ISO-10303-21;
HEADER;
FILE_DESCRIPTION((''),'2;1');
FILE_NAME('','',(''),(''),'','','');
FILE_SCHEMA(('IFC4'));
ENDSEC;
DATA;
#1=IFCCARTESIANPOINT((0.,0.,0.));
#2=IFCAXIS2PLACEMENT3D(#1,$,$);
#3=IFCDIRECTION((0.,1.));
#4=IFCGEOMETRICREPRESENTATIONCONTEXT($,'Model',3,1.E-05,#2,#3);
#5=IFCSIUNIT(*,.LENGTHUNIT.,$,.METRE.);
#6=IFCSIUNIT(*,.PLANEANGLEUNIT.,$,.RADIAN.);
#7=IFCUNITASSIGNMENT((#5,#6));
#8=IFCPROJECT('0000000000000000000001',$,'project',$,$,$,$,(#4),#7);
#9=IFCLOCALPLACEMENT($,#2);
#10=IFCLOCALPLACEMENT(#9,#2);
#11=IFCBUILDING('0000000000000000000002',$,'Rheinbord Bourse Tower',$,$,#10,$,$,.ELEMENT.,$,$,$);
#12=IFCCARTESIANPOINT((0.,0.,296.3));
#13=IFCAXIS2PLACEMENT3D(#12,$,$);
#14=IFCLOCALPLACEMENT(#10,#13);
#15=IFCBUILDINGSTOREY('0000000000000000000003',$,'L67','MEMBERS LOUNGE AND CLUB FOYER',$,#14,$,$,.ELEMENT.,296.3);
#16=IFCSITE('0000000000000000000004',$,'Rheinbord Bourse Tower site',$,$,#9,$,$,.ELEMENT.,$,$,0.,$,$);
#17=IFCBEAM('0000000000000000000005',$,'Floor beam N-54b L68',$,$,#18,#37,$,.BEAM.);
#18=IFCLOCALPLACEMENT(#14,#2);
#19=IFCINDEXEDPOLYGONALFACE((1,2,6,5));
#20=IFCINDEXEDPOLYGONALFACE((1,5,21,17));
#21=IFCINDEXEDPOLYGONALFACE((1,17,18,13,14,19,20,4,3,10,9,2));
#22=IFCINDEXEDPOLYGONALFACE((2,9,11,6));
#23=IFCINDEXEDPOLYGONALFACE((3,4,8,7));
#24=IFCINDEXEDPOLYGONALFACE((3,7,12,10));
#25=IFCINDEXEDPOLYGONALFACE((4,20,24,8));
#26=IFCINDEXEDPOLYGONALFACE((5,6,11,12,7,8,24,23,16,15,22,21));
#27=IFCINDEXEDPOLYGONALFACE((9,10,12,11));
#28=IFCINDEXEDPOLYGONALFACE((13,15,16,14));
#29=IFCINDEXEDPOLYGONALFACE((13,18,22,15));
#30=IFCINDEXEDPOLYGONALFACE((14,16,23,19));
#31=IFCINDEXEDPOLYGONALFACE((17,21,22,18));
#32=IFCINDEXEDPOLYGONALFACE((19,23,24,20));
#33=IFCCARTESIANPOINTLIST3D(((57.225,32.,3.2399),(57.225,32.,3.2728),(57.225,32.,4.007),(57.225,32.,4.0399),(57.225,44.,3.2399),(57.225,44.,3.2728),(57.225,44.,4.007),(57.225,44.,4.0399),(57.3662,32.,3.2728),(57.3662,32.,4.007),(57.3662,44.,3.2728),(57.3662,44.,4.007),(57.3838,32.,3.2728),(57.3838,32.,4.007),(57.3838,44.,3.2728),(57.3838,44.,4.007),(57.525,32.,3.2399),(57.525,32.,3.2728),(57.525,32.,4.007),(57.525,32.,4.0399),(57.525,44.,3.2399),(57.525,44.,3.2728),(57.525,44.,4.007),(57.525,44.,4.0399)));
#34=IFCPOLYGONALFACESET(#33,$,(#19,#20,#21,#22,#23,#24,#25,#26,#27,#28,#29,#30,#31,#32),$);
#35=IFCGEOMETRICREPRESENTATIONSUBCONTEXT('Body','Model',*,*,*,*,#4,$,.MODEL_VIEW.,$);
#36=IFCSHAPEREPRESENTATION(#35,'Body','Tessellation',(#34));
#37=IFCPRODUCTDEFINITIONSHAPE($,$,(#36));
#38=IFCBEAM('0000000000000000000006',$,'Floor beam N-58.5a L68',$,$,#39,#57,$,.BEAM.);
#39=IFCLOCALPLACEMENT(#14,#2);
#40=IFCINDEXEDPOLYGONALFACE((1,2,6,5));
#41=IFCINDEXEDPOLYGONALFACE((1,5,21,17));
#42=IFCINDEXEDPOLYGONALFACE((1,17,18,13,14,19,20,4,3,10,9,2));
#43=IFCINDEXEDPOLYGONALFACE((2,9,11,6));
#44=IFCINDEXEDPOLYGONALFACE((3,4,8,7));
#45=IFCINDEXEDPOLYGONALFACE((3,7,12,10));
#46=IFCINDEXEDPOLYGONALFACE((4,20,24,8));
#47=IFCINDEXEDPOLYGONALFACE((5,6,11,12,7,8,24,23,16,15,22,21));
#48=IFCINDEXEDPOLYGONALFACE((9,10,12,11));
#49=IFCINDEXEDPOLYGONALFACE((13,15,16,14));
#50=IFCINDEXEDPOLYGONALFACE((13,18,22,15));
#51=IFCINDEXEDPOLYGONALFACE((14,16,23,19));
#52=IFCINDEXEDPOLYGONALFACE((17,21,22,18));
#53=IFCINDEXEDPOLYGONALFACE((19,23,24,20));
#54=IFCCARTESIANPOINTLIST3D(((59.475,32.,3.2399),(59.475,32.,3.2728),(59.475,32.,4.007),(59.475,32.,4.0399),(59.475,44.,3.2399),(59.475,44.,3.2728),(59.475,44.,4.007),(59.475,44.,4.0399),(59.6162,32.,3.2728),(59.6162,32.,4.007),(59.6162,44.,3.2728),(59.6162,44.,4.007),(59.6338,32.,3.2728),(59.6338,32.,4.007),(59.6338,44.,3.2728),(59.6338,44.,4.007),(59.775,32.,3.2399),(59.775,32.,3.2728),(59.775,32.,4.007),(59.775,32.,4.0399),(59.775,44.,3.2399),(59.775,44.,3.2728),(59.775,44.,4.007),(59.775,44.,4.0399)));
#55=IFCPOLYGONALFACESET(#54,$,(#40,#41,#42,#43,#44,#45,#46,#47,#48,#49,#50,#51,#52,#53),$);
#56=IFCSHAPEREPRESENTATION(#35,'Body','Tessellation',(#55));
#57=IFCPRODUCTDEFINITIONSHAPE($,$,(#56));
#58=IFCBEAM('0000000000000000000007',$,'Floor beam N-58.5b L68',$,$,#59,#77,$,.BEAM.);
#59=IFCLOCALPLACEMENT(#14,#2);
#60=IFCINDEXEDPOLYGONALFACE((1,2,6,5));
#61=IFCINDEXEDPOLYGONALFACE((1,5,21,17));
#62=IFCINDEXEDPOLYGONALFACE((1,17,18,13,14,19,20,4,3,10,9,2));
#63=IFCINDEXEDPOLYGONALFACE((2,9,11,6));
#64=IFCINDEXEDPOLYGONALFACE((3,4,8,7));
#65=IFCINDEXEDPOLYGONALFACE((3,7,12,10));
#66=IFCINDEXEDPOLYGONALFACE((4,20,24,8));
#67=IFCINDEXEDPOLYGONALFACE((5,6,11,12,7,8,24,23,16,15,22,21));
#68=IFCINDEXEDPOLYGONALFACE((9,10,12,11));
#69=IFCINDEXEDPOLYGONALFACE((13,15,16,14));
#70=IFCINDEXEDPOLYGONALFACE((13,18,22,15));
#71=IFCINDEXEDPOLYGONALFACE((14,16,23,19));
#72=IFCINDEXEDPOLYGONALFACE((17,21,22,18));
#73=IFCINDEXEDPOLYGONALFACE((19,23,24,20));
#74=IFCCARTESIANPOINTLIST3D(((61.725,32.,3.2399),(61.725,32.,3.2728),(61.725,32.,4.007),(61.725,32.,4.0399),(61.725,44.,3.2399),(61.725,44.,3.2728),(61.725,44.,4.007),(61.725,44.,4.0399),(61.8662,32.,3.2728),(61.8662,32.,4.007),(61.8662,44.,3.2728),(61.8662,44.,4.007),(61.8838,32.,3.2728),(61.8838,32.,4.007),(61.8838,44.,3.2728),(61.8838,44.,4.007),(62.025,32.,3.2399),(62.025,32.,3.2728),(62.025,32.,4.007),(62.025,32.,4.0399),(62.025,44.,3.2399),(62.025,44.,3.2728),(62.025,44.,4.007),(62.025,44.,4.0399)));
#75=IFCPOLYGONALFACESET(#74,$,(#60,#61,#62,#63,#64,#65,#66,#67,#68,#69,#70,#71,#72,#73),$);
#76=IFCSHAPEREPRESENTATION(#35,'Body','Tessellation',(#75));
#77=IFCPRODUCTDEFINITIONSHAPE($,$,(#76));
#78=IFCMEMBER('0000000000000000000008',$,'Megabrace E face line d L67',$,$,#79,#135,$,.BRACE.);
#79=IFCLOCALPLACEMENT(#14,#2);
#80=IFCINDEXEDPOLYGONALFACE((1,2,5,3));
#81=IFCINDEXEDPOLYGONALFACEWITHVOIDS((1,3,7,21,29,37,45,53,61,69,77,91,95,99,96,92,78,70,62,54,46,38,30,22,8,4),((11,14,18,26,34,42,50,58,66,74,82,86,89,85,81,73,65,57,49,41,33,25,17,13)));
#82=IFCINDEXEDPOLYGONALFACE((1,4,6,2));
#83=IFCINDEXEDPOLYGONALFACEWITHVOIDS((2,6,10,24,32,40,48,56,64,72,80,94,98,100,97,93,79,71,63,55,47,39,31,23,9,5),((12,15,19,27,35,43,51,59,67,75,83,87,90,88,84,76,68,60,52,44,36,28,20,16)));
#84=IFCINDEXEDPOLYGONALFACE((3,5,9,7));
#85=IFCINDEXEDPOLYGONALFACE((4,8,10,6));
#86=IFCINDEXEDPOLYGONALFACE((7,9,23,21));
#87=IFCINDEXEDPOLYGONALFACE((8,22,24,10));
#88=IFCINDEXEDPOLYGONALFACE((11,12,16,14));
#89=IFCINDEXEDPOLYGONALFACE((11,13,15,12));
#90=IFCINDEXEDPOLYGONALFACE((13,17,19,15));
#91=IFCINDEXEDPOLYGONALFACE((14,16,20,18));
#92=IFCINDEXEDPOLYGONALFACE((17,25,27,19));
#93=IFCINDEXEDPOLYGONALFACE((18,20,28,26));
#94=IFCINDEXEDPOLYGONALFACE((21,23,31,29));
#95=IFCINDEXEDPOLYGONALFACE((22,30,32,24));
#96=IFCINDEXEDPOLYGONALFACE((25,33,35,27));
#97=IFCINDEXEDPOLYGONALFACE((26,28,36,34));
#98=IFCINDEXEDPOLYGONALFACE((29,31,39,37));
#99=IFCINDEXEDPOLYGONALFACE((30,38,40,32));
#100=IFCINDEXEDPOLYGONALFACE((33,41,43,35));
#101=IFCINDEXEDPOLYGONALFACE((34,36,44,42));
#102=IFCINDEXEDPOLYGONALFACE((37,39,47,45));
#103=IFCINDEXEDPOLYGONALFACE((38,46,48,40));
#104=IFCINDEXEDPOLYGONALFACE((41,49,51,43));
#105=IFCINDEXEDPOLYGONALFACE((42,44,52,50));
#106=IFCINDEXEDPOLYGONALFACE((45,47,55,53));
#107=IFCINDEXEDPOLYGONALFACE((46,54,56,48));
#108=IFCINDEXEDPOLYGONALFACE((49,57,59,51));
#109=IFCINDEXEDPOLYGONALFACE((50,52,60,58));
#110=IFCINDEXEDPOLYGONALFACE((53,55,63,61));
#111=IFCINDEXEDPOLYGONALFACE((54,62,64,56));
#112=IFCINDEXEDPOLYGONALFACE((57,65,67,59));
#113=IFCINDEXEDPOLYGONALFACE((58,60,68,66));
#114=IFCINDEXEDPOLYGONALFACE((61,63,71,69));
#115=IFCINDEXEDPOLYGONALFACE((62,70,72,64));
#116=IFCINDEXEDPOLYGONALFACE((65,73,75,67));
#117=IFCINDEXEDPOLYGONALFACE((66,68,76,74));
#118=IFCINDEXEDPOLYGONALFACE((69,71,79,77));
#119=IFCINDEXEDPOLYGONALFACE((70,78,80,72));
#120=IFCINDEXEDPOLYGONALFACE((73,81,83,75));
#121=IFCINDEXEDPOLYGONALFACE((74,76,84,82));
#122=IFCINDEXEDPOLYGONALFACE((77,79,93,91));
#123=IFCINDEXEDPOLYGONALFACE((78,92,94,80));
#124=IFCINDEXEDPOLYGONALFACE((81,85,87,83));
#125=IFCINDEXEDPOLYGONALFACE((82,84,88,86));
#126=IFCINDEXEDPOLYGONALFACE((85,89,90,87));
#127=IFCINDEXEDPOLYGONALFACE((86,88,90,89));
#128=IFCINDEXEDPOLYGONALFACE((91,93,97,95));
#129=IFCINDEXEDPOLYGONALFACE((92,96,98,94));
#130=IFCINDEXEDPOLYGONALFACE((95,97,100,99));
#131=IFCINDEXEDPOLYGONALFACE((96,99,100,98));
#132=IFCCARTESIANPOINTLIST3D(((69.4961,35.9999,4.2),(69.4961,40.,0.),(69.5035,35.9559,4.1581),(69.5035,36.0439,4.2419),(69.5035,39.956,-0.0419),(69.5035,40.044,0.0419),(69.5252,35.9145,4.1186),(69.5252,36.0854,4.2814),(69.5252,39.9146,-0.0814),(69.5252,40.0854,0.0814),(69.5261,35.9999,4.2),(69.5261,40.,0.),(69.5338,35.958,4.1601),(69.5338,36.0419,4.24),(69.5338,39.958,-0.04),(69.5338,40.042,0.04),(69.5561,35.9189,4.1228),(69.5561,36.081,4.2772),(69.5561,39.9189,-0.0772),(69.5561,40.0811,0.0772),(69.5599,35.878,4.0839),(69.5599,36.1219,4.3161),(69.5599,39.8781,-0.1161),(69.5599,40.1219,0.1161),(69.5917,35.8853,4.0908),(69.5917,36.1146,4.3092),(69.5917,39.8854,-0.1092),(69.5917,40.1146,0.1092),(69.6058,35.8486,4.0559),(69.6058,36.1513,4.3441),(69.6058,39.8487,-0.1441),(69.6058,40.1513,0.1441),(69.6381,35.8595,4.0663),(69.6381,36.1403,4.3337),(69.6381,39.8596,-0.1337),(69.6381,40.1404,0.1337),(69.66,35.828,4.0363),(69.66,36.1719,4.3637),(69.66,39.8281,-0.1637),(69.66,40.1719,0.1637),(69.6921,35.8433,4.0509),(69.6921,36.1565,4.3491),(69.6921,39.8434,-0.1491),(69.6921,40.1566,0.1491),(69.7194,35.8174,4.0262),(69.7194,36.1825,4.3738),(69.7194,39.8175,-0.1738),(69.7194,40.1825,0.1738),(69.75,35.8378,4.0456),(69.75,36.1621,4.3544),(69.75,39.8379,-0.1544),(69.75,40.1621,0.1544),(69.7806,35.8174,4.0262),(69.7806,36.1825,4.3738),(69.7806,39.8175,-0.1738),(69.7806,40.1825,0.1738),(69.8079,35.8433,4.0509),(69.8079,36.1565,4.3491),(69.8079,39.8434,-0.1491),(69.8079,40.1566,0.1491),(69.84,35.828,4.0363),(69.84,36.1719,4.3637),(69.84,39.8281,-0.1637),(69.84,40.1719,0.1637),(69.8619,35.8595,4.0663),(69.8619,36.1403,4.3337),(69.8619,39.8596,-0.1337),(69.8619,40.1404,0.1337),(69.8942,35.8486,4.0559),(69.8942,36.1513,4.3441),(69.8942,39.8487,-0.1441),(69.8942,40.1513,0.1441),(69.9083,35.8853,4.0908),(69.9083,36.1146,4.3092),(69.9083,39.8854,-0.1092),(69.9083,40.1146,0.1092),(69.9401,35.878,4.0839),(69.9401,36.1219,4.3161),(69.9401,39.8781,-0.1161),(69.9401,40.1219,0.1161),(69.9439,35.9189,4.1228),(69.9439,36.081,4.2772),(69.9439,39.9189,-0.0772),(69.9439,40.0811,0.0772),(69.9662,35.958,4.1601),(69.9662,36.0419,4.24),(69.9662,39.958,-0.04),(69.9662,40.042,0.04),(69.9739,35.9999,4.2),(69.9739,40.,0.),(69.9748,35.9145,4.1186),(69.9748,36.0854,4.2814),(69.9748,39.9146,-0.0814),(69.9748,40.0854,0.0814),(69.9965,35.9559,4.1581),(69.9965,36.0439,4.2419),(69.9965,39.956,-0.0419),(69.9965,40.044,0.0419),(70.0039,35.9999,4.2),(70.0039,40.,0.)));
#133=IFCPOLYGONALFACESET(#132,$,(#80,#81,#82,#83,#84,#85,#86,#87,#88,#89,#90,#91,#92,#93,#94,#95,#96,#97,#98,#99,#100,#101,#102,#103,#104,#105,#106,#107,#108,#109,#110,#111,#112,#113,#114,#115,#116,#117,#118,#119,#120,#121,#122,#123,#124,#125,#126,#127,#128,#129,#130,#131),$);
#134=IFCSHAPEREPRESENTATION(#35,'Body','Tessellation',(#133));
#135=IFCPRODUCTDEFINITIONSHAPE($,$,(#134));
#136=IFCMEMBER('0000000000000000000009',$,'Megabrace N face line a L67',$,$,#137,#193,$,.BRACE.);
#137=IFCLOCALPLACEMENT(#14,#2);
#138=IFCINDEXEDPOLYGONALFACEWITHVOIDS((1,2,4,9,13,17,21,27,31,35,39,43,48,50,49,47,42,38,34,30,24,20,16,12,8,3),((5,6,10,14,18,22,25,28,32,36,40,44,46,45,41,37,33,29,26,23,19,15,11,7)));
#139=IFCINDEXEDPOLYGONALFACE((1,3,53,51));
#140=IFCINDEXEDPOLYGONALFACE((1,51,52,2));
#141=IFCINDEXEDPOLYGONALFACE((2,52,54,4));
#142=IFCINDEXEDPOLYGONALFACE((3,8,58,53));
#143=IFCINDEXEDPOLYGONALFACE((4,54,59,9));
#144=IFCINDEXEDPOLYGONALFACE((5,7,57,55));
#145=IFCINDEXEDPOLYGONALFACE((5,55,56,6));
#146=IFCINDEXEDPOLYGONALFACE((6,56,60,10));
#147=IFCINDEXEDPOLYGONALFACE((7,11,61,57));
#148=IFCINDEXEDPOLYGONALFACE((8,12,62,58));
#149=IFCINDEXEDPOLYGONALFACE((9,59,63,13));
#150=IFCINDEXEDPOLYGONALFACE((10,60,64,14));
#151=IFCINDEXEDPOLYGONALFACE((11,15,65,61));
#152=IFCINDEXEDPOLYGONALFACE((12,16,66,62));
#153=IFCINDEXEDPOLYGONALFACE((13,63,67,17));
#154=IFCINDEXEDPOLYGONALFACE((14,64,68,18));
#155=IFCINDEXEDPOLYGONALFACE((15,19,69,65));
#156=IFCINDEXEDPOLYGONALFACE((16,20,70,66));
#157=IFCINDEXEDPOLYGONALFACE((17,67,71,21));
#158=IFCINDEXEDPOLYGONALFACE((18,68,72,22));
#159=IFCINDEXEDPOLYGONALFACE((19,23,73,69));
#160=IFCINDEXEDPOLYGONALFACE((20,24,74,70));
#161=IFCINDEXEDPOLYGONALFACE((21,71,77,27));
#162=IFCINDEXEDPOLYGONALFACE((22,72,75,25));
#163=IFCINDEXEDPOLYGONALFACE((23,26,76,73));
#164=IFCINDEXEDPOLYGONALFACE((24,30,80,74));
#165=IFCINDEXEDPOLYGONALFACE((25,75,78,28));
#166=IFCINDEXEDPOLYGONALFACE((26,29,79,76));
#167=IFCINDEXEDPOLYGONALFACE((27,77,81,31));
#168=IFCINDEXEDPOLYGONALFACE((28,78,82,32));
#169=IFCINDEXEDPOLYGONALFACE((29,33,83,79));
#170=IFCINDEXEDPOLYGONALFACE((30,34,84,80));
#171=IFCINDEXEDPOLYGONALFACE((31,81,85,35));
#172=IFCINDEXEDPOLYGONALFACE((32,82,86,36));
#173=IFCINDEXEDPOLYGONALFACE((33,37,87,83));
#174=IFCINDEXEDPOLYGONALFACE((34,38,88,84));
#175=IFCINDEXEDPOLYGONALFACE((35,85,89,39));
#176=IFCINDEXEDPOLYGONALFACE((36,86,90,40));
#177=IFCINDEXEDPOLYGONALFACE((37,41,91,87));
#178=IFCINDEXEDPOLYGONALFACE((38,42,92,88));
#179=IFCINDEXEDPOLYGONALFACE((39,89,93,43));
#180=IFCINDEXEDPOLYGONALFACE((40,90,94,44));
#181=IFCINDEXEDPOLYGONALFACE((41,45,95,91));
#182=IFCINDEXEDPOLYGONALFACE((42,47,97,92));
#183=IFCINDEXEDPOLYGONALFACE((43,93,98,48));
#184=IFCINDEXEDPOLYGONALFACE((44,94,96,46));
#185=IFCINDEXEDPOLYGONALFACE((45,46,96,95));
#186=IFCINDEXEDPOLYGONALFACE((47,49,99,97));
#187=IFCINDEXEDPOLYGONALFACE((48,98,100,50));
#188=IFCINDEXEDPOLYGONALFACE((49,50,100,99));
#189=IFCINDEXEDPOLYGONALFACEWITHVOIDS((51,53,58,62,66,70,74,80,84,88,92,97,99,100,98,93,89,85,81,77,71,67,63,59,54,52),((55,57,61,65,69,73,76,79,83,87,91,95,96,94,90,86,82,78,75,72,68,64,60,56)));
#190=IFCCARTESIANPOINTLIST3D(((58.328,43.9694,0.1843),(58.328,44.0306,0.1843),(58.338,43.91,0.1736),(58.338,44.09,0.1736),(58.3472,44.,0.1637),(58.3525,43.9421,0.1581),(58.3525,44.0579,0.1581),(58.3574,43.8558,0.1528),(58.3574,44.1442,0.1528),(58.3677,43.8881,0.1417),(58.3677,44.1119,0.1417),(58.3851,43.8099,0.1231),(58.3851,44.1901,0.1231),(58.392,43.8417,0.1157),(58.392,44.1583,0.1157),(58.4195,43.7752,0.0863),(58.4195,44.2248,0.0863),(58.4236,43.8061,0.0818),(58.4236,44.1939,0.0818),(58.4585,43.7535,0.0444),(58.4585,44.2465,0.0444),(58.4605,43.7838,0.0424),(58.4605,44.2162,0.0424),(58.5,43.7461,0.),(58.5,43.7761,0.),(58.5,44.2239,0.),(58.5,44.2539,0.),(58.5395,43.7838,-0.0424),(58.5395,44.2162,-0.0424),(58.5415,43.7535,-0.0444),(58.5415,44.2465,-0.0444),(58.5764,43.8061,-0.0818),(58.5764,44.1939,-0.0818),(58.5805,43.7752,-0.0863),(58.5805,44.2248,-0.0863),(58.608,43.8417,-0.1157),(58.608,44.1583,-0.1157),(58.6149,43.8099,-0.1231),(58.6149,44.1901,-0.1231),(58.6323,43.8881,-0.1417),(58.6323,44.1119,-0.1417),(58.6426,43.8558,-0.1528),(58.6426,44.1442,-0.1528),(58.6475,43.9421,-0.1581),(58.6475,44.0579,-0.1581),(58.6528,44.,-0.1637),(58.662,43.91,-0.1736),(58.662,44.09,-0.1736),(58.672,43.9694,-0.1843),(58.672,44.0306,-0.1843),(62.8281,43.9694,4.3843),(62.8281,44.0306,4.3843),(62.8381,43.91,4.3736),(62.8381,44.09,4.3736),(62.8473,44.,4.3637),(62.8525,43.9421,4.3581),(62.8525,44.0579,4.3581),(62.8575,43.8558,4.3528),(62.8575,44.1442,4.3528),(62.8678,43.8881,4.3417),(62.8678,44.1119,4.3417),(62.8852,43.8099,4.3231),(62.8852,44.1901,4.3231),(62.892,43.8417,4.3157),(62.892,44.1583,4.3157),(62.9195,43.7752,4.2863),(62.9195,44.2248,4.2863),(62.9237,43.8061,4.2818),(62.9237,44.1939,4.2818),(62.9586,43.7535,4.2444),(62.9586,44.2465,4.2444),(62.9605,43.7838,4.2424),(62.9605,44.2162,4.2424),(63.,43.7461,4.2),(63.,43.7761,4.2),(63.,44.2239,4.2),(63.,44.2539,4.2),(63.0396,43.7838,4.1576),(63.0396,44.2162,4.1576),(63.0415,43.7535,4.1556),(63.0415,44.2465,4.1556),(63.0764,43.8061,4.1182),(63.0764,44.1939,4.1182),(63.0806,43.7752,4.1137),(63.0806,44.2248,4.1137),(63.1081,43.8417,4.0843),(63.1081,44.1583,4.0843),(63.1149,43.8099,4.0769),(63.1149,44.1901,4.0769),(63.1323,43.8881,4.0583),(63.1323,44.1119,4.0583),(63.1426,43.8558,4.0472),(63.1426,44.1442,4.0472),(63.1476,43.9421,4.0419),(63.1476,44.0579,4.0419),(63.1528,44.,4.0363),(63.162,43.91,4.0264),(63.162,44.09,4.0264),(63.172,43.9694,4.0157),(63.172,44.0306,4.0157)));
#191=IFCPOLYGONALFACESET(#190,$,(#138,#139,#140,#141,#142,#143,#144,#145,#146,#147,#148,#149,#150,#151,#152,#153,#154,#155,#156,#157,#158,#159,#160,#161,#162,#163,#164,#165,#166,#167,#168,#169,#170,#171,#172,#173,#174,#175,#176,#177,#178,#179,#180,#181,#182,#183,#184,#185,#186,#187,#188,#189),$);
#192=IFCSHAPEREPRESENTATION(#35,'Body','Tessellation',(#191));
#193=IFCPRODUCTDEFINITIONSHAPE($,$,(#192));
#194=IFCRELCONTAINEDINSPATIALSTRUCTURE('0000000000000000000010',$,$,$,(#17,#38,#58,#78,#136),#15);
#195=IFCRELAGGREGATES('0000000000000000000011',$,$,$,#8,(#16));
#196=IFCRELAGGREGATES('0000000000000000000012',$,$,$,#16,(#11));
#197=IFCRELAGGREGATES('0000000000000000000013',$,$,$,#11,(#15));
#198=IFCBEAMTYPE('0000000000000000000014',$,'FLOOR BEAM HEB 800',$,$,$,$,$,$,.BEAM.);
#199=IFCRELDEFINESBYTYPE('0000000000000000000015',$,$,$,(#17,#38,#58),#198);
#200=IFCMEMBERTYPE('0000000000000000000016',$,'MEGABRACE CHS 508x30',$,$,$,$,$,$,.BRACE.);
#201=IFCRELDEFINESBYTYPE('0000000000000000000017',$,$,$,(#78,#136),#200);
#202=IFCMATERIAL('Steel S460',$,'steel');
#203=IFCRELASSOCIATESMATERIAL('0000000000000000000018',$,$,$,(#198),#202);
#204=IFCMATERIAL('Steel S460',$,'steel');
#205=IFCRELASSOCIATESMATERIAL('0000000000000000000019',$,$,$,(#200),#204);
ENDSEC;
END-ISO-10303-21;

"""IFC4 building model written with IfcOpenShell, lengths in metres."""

from ifc_helpers import new_model, si_unit, direction, frame, origin, origin_2d, place, context, subcontext, project, spatial, hollow_circle, i_section, extrude, material, material_profile, profile_set, type_object, element, save


model = new_model("IFC4")

# Units and contexts
model_context = context("Model", 3, precision=1e-05, world=origin(), true_north=direction((0.0, 1.0)))
body_context = subcontext(model_context, "Body", "Model", "MODEL_VIEW")
ifc_project = project(units=[si_unit("LENGTHUNIT", "METRE"), si_unit("PLANEANGLEUNIT", "RADIAN")], contexts=[model_context])

# Site, building, storey
site_placement = place(None, origin())
site = spatial("IfcSite", under=ifc_project, at=site_placement, Name="Rheinbord Bourse Tower site", CompositionType="ELEMENT", RefElevation=0.0)
building_placement = place(site_placement, origin())
building = spatial("IfcBuilding", under=site, at=building_placement, Name="Rheinbord Bourse Tower", CompositionType="ELEMENT")
storey_placement = place(building_placement, frame((0.0, 0.0, 296.3)))
storey = spatial("IfcBuildingStorey", under=building, at=storey_placement, Name="L67", Description="MEMBERS LOUNGE AND CLUB FOYER", CompositionType="ELEMENT", Elevation=296.3)

# Beams
ifc_material_1 = material(Name="Steel S460", Category="steel")
ifc_material_profile_1 = material_profile(ifc_material_1, i_section(OverallWidth=0.3, OverallDepth=0.8, WebThickness=0.0176, FlangeThickness=0.033, at=origin_2d()), Name="HEB 800")
ifc_profile_set_1 = profile_set([ifc_material_profile_1], Name="Steel S460")
beam_type_1 = type_object("IfcBeamType", Name="FLOOR BEAM HEB 800", PredefinedType="BEAM", material=ifc_profile_set_1)
for number, where, z_axis, x_axis, name in (
    (1, (57.375, 44.0, 3.6399), (0.0, -1.0, 0.0), (1.0, 0.0, 0.0), "Floor beam N-54b L68"),
    (2, (59.625, 44.0, 3.6399), (0.0, -1.0, 0.0), (1.0, 0.0, 0.0), "Floor beam N-58.5a L68"),
    (3, (61.875, 44.0, 3.6399), (0.0, -1.0, 0.0), (1.0, 0.0, 0.0), "Floor beam N-58.5b L68"),
):
    element("IfcBeam", number, at=place(storey_placement, frame(where, z_axis=z_axis, x_axis=x_axis)), inside=storey, type_object=beam_type_1, Name=name, PredefinedType="BEAM", context=body_context, shape_type="SweptSolid", body=[
        extrude(i_section(OverallWidth=0.3, OverallDepth=0.8, WebThickness=0.0176, FlangeThickness=0.033, at=origin_2d()), origin(), (0.0, 0.0, 1.0), 12.0),
    ])

# Members
ifc_material_2 = material(Name="Steel S460", Category="steel")
ifc_material_profile_2 = material_profile(ifc_material_2, hollow_circle(Radius=0.2539, WallThickness=0.03, at=origin_2d()), Name="CHS 508x30")
ifc_profile_set_2 = profile_set([ifc_material_profile_2], Name="Steel S460")
member_type_1 = type_object("IfcMemberType", Name="MEGABRACE CHS 508x30", PredefinedType="BRACE", material=ifc_profile_set_2)
member_1_placement = place(storey_placement, frame((69.75, 40.0, 0.0), z_axis=(0.0, -0.689659, 0.724134), x_axis=(1.0, 0.0, 0.0)))
element("IfcMember", 4, at=member_1_placement, inside=storey, type_object=member_type_1, Name="Megabrace E face line d L67", PredefinedType="BRACE", context=body_context, shape_type="SweptSolid", body=[
    extrude(hollow_circle(Radius=0.2539, WallThickness=0.03, at=origin_2d()), origin(), (0.0, 0.0, 1.0), 5.8),
])
member_2_placement = place(storey_placement, frame((58.5, 44.0, 0.0), z_axis=(0.731059, 0.0, 0.682314), x_axis=(0.0, 1.0, 0.0)))
element("IfcMember", 5, at=member_2_placement, inside=storey, type_object=member_type_1, Name="Megabrace N face line a L67", PredefinedType="BRACE", context=body_context, shape_type="SweptSolid", body=[
    extrude(hollow_circle(Radius=0.2539, WallThickness=0.03, at=origin_2d()), origin(), (0.0, 0.0, 1.0), 6.1555),
])

save(model, "model.ifc")
